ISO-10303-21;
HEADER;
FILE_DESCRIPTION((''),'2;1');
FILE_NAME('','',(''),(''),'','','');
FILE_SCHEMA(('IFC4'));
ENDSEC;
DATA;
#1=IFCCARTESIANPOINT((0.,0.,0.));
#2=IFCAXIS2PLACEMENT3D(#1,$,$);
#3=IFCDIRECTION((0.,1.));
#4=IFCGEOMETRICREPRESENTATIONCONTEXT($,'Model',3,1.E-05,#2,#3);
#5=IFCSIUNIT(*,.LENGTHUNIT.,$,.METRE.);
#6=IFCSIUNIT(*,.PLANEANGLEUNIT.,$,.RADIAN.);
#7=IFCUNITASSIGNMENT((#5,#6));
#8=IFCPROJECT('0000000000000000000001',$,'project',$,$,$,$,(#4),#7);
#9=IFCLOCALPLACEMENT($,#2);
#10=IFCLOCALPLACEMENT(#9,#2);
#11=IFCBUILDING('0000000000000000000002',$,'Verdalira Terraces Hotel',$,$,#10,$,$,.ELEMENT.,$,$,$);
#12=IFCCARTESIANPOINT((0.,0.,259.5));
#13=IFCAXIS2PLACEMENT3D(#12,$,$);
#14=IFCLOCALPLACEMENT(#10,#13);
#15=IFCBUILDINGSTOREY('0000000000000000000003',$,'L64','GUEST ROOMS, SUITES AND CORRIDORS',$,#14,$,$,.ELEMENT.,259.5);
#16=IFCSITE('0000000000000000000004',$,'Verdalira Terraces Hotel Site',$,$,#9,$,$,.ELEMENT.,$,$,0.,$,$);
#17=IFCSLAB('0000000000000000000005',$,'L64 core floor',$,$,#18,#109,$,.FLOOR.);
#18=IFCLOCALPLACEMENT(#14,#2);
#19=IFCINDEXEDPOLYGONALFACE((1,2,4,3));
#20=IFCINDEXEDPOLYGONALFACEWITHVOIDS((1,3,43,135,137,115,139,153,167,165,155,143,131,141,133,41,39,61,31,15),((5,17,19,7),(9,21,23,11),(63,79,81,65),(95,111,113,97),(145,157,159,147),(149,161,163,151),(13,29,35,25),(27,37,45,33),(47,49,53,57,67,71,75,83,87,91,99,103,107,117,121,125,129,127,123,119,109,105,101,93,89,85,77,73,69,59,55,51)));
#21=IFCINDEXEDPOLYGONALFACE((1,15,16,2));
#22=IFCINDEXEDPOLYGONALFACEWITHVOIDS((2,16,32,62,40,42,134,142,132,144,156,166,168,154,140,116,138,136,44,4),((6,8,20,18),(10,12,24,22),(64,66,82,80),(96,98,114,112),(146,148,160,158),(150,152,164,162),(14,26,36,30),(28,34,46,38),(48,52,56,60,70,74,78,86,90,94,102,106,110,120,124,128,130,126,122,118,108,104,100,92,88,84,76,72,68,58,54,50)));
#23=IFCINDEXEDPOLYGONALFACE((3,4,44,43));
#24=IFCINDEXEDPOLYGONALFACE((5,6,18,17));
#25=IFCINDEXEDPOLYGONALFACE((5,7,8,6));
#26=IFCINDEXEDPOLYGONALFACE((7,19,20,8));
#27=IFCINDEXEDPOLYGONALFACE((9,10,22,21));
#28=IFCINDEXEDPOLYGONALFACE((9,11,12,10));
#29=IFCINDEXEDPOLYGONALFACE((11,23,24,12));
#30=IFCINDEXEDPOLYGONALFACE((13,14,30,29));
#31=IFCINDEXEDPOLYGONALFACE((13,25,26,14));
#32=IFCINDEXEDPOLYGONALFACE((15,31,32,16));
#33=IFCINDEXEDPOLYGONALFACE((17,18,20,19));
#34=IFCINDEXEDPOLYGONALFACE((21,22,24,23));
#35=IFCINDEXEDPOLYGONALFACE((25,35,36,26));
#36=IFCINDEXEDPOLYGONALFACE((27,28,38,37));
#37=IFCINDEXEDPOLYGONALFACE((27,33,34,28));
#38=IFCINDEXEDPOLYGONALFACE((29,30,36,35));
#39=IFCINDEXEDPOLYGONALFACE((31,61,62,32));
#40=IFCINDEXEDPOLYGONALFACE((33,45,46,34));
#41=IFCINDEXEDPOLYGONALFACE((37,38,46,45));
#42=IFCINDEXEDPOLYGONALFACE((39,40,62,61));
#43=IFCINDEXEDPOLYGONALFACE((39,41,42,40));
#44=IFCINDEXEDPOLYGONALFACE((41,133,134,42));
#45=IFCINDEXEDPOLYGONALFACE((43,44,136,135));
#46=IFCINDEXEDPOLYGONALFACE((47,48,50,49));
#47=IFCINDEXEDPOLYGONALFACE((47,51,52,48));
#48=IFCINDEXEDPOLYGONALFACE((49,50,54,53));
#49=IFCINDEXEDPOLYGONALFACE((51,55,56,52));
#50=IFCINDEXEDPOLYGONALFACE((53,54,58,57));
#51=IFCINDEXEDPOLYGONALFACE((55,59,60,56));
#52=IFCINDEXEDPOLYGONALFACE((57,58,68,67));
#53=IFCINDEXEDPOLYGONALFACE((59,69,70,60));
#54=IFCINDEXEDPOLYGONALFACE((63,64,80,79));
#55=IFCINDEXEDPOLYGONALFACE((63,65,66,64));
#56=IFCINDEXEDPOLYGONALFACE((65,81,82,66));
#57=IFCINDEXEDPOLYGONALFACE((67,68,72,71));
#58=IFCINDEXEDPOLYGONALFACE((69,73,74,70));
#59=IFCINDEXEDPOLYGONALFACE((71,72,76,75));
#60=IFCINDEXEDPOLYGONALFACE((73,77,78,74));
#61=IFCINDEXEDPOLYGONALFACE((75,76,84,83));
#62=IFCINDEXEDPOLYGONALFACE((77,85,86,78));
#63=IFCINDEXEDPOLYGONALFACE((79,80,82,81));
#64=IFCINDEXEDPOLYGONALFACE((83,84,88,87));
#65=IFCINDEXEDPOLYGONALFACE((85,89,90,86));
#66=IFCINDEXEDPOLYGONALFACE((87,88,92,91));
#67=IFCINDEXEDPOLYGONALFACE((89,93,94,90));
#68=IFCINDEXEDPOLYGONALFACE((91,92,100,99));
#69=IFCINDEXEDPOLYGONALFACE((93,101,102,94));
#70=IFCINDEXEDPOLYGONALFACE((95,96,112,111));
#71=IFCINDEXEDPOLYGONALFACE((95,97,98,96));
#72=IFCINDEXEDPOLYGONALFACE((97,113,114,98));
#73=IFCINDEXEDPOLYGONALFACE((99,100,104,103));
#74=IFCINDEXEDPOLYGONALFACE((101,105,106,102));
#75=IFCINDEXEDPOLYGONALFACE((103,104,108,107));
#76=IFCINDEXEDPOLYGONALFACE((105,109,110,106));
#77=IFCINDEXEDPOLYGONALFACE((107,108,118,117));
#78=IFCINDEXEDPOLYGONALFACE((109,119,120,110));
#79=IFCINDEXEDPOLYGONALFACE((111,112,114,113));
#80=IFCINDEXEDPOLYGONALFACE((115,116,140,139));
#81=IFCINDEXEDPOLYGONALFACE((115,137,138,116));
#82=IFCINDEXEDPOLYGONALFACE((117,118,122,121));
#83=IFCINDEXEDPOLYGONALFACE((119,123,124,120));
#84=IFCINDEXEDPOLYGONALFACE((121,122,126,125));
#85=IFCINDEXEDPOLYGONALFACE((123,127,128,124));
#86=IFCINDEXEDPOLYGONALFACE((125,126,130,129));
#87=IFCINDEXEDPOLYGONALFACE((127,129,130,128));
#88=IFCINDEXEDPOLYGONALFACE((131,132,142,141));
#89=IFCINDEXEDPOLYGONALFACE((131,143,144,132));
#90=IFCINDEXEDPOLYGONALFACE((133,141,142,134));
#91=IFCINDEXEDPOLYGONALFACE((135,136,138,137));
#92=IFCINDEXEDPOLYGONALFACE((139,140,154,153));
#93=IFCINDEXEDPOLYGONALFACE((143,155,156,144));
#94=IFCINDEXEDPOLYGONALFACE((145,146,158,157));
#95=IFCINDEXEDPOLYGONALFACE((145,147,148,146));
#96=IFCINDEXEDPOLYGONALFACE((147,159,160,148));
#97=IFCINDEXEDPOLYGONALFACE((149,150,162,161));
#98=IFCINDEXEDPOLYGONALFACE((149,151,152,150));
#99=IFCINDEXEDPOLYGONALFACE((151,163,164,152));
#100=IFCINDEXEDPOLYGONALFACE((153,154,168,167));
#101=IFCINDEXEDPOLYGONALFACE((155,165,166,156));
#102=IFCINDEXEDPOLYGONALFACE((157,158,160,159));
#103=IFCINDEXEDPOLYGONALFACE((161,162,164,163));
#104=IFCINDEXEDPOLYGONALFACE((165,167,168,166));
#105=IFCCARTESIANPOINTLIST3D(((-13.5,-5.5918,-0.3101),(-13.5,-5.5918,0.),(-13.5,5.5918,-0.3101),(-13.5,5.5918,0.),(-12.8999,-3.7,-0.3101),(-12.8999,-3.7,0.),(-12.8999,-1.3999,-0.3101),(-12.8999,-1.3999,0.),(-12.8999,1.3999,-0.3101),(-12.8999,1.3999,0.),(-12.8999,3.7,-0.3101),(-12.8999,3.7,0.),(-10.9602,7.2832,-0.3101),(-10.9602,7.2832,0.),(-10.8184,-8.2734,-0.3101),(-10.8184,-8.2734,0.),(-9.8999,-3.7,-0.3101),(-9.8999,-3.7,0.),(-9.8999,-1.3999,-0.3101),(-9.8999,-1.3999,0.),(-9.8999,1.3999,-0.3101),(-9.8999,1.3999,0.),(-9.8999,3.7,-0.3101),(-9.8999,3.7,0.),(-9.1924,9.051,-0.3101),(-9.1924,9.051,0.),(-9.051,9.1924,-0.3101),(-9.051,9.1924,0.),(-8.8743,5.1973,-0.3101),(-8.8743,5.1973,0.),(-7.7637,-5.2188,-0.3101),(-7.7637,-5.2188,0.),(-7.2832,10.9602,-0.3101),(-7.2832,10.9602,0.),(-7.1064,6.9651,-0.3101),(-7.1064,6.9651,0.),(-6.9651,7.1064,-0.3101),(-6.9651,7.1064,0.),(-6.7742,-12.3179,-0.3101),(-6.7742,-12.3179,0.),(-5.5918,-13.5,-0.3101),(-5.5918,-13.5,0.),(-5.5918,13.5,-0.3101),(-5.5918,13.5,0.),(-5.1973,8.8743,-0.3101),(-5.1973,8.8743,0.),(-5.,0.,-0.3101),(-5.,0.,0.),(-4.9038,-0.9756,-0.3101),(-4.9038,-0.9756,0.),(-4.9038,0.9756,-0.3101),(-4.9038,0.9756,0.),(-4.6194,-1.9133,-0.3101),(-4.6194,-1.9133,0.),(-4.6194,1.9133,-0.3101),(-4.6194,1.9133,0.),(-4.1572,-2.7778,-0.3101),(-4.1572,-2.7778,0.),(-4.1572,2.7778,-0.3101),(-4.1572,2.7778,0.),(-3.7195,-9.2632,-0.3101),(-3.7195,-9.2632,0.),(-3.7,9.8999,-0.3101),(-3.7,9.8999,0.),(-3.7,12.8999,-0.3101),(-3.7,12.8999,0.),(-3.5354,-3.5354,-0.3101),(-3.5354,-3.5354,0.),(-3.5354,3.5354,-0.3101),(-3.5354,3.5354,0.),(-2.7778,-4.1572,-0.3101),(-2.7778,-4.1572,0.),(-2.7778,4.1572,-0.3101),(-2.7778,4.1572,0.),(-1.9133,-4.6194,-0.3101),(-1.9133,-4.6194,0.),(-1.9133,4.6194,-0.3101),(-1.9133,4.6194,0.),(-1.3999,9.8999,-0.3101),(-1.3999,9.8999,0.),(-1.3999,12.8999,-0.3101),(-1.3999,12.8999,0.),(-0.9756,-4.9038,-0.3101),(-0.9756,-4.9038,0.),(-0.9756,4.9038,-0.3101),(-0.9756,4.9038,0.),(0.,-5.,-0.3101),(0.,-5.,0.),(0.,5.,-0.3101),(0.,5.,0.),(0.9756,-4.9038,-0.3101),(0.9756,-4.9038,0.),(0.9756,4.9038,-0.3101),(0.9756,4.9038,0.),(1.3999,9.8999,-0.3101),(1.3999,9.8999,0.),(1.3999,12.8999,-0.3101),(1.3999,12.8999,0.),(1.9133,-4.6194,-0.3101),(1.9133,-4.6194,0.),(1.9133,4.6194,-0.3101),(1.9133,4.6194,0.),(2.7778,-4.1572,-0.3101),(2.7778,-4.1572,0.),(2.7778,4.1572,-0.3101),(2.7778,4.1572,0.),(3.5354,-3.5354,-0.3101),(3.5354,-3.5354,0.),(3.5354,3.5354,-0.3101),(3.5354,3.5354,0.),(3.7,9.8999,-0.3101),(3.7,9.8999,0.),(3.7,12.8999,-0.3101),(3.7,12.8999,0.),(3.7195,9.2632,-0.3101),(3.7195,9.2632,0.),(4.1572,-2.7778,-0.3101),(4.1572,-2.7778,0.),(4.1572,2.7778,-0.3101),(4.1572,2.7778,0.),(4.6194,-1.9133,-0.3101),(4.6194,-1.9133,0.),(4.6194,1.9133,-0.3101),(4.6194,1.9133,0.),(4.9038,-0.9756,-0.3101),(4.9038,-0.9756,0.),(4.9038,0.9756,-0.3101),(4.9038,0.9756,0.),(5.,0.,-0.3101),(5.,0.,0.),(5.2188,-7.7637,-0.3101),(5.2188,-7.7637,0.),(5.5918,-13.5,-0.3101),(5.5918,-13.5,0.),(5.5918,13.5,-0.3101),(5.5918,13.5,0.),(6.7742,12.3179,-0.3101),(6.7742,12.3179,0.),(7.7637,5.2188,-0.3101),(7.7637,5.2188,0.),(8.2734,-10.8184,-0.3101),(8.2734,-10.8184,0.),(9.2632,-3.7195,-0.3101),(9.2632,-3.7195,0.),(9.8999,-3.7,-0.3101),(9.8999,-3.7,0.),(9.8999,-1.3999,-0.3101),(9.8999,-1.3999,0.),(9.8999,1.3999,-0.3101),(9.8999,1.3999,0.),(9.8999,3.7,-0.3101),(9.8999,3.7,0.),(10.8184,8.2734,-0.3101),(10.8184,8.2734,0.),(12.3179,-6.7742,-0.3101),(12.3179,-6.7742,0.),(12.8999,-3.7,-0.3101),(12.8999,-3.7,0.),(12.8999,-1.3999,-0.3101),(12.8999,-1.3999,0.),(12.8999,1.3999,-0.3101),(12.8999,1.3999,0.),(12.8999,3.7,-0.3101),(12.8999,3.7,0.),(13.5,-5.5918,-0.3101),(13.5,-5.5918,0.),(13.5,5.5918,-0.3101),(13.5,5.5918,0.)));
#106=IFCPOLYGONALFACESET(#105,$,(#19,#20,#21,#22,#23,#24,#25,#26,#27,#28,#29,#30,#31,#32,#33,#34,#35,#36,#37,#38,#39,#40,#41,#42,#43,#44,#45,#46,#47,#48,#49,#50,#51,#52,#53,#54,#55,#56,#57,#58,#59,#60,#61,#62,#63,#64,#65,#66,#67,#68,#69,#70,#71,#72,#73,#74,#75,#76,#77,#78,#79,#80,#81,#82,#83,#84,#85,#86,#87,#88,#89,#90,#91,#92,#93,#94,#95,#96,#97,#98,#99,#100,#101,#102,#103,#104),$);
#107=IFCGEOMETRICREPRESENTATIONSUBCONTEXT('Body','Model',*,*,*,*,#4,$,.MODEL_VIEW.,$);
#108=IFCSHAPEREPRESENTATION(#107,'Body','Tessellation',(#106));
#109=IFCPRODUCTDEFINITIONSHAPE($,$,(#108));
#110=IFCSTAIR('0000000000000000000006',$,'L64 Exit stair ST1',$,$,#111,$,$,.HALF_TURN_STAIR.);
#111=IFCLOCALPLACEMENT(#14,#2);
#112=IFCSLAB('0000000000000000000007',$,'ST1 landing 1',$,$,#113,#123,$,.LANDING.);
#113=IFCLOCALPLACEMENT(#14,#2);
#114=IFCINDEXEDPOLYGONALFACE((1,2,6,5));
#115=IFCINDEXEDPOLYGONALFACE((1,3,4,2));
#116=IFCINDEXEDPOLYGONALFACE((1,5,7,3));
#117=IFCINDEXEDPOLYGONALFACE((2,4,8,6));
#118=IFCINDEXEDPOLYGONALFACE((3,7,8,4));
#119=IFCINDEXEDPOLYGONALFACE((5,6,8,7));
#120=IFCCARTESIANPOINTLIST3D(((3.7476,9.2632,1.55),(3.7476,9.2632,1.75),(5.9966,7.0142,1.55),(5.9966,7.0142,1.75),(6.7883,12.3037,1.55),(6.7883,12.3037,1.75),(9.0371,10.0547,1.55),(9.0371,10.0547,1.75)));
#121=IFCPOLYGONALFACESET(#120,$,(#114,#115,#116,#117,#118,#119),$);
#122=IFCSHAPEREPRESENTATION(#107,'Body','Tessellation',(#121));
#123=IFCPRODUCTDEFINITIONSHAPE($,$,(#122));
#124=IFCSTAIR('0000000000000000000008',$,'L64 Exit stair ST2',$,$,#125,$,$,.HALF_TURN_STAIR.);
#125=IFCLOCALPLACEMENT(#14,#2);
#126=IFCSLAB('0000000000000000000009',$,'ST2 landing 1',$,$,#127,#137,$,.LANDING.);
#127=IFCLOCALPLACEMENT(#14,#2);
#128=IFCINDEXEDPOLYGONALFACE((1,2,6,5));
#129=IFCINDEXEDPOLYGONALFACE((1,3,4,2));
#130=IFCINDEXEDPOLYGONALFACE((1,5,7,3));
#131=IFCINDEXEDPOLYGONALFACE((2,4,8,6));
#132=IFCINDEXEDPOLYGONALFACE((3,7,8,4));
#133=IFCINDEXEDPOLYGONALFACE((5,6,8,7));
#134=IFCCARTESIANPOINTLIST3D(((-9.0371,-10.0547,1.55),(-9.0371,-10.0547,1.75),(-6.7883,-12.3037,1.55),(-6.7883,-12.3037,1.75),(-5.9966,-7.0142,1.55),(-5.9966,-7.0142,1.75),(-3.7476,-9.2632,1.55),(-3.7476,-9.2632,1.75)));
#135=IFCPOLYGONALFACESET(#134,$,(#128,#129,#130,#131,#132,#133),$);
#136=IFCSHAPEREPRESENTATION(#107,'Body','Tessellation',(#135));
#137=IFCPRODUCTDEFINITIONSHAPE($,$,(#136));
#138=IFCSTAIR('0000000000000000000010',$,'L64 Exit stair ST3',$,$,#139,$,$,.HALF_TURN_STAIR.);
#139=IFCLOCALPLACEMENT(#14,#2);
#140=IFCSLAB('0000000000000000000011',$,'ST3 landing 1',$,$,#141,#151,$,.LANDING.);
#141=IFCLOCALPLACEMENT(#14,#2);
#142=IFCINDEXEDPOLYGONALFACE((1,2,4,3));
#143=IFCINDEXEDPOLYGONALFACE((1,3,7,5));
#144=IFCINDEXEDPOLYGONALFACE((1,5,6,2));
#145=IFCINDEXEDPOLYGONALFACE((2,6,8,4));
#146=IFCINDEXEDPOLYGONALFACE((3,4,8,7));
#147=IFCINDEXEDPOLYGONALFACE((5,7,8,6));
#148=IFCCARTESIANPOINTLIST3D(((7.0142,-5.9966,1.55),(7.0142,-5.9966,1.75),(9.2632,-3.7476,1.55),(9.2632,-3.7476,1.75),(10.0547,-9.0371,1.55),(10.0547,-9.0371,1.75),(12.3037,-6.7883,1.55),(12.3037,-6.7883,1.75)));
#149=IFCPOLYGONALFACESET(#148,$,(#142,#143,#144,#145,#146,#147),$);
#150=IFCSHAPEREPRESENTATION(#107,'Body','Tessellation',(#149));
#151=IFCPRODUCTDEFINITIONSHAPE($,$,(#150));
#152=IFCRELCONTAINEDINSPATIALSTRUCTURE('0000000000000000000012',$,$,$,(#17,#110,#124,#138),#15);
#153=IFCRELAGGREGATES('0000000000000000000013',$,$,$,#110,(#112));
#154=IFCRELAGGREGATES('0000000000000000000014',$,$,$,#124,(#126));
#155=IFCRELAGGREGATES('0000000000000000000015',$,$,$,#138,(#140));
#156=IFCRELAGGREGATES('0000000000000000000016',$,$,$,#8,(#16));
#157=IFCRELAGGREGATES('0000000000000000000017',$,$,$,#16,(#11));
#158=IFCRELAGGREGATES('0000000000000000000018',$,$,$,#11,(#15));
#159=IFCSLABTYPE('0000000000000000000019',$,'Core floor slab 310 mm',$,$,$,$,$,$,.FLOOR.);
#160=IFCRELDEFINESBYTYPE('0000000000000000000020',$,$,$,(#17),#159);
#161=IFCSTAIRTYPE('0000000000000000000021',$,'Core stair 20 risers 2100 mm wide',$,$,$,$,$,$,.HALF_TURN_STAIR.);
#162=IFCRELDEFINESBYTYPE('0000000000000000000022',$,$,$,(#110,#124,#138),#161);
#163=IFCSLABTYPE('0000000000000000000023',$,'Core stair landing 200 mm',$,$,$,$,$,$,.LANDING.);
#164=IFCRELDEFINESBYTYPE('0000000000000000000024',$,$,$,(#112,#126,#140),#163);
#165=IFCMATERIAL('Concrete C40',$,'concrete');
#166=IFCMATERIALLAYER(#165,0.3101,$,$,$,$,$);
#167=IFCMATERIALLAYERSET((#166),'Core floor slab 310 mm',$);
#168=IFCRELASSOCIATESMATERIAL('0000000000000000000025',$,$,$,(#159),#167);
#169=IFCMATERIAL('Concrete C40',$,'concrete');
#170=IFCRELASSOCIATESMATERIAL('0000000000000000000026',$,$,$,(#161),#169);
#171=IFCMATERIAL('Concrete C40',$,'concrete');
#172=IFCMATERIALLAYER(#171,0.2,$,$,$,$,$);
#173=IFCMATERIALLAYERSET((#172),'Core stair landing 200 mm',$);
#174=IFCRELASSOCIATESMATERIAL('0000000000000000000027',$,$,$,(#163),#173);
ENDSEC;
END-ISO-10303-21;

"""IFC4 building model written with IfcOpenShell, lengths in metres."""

from ifc_helpers import new_model, si_unit, direction, frame, origin, place, context, subcontext, project, spatial, polyline, outline, extrude, material, layer, layer_set, type_object, element, aggregate, save


model = new_model("IFC4")

# Units and contexts
model_context = context("Model", 3, precision=1e-05, world=origin(), true_north=direction((0.0, 1.0)))
body_context = subcontext(model_context, "Body", "Model", "MODEL_VIEW")
ifc_project = project(units=[si_unit("LENGTHUNIT", "METRE"), si_unit("PLANEANGLEUNIT", "RADIAN")], contexts=[model_context])

# Site, building, storey
site_placement = place(None, origin())
site = spatial("IfcSite", under=ifc_project, at=site_placement, Name="Verdalira Terraces Hotel Site", CompositionType="ELEMENT", RefElevation=0.0)
building_placement = place(site_placement, origin())
building = spatial("IfcBuilding", under=site, at=building_placement, Name="Verdalira Terraces Hotel", CompositionType="ELEMENT")
storey_placement = place(building_placement, frame((0.0, 0.0, 259.5)))
storey = spatial("IfcBuildingStorey", under=building, at=storey_placement, Name="L64", Description="GUEST ROOMS, SUITES AND CORRIDORS", CompositionType="ELEMENT", Elevation=259.5)

# Slab
ifc_material_1 = material(Name="Concrete C40", Category="concrete")
ifc_layer_1 = layer(ifc_material_1, 0.3101)
ifc_layer_set_1 = layer_set([ifc_layer_1], Name="Core floor slab 310 mm")
slab_type_1 = type_object("IfcSlabType", Name="Core floor slab 310 mm", PredefinedType="FLOOR", material=ifc_layer_set_1)
slab_1_placement = place(storey_placement, frame((0.0, 0.0, -0.3101)))
element("IfcSlab", 1, at=slab_1_placement, inside=storey, type_object=slab_type_1, Name="L64 core floor", PredefinedType="FLOOR", context=body_context, shape_type="SweptSolid", body=[
    extrude(outline(polyline([(-6.7742, -12.3179), (-3.7195, -9.2632), (-7.7637, -5.2188), (-10.8184, -8.2734), (-13.5, -5.5918), (-13.5, 5.5918), (-5.5918, 13.5), (5.5918, 13.5), (6.7742, 12.3179), (3.7195, 9.2632), (7.7637, 5.2188), (10.8184, 8.2734), (13.5, 5.5918), (13.5, -5.5918), (12.3179, -6.7742), (9.2632, -3.7195), (5.2188, -7.7637), (8.2734, -10.8184), (5.5918, -13.5), (-5.5918, -13.5), (-6.7742, -12.3179)]), holes=[polyline([(9.8999, -1.3999), (9.8999, -3.7), (12.8999, -3.7), (12.8999, -1.3999), (9.8999, -1.3999)]), polyline([(9.8999, 3.7), (9.8999, 1.3999), (12.8999, 1.3999), (12.8999, 3.7), (9.8999, 3.7)]), polyline([(3.7, 12.8999), (1.3999, 12.8999), (1.3999, 9.8999), (3.7, 9.8999), (3.7, 12.8999)]), polyline([(-1.3999, 12.8999), (-3.7, 12.8999), (-3.7, 9.8999), (-1.3999, 9.8999), (-1.3999, 12.8999)]), polyline([(-9.8999, 1.3999), (-9.8999, 3.7), (-12.8999, 3.7), (-12.8999, 1.3999), (-9.8999, 1.3999)]), polyline([(-9.8999, -3.7), (-9.8999, -1.3999), (-12.8999, -1.3999), (-12.8999, -3.7), (-9.8999, -3.7)]), polyline([(-9.051, 9.1924), (-6.9651, 7.1064), (-5.1973, 8.8743), (-7.2832, 10.9602), (-9.051, 9.1924)]), polyline([(-9.1924, 9.051), (-10.9602, 7.2832), (-8.8743, 5.1973), (-7.1064, 6.9651), (-9.1924, 9.051)]), polyline([(3.5354, 3.5354), (2.7778, 4.1572), (1.9133, 4.6194), (0.9756, 4.9038), (0.0, 5.0), (-0.9756, 4.9038), (-1.9133, 4.6194), (-2.7778, 4.1572), (-3.5354, 3.5354), (-4.1572, 2.7778), (-4.6194, 1.9133), (-4.9038, 0.9756), (-5.0, 0.0), (-4.9038, -0.9756), (-4.6194, -1.9133), (-4.1572, -2.7778), (-3.5354, -3.5354), (-2.7778, -4.1572), (-1.9133, -4.6194), (-0.9756, -4.9038), (0.0, -5.0), (0.9756, -4.9038), (1.9133, -4.6194), (2.7778, -4.1572), (3.5354, -3.5354), (4.1572, -2.7778), (4.6194, -1.9133), (4.9038, -0.9756), (5.0, 0.0), (4.9038, 0.9756), (4.6194, 1.9133), (4.1572, 2.7778), (3.5354, 3.5354)])]), origin(), (0.0, 0.0, 1.0), 0.3101),
])

# Stairs, slabs
ifc_material_2 = material(Name="Concrete C40", Category="concrete")
stair_type = type_object("IfcStairType", Name="Core stair 20 risers 2100 mm wide", PredefinedType="HALF_TURN_STAIR", material=ifc_material_2)
stair_1_placement = place(storey_placement, origin())
stair_1 = element("IfcStair", 2, at=stair_1_placement, inside=storey, type_object=stair_type, Name="L64 Exit stair ST1", PredefinedType="HALF_TURN_STAIR")
ifc_material_3 = material(Name="Concrete C40", Category="concrete")
ifc_layer_2 = layer(ifc_material_3, 0.2)
ifc_layer_set_2 = layer_set([ifc_layer_2], Name="Core stair landing 200 mm")
slab_type_2 = type_object("IfcSlabType", Name="Core stair landing 200 mm", PredefinedType="LANDING", material=ifc_layer_set_2)
slab_2_placement = place(storey_placement, frame((0.0, 0.0, 1.55)))
slab_2 = element("IfcSlab", 3, at=slab_2_placement, type_object=slab_type_2, Name="ST1 landing 1", PredefinedType="LANDING", context=body_context, shape_type="SweptSolid", body=[
    extrude(outline(polyline([(9.0371, 10.0547), (6.7883, 12.3037), (3.7476, 9.2632), (5.9966, 7.0142), (9.0371, 10.0547)])), origin(), (0.0, 0.0, 1.0), 0.2),
])
aggregate(stair_1, [slab_2])
stair_2_placement = place(storey_placement, origin())
stair_2 = element("IfcStair", 4, at=stair_2_placement, inside=storey, type_object=stair_type, Name="L64 Exit stair ST2", PredefinedType="HALF_TURN_STAIR")
slab_3_placement = place(storey_placement, frame((0.0, 0.0, 1.55)))
slab_3 = element("IfcSlab", 5, at=slab_3_placement, type_object=slab_type_2, Name="ST2 landing 1", PredefinedType="LANDING", context=body_context, shape_type="SweptSolid", body=[
    extrude(outline(polyline([(-9.0371, -10.0547), (-6.7883, -12.3037), (-3.7476, -9.2632), (-5.9966, -7.0142), (-9.0371, -10.0547)])), origin(), (0.0, 0.0, 1.0), 0.2),
])
aggregate(stair_2, [slab_3])
stair_3_placement = place(storey_placement, origin())
stair_3 = element("IfcStair", 6, at=stair_3_placement, inside=storey, type_object=stair_type, Name="L64 Exit stair ST3", PredefinedType="HALF_TURN_STAIR")
slab_4_placement = place(storey_placement, frame((0.0, 0.0, 1.55)))
slab_4 = element("IfcSlab", 7, at=slab_4_placement, type_object=slab_type_2, Name="ST3 landing 1", PredefinedType="LANDING", context=body_context, shape_type="SweptSolid", body=[
    extrude(outline(polyline([(10.0547, -9.0371), (12.3037, -6.7883), (9.2632, -3.7476), (7.0142, -5.9966), (10.0547, -9.0371)])), origin(), (0.0, 0.0, 1.0), 0.2),
])
aggregate(stair_3, [slab_4])

save(model, "model.ifc")
